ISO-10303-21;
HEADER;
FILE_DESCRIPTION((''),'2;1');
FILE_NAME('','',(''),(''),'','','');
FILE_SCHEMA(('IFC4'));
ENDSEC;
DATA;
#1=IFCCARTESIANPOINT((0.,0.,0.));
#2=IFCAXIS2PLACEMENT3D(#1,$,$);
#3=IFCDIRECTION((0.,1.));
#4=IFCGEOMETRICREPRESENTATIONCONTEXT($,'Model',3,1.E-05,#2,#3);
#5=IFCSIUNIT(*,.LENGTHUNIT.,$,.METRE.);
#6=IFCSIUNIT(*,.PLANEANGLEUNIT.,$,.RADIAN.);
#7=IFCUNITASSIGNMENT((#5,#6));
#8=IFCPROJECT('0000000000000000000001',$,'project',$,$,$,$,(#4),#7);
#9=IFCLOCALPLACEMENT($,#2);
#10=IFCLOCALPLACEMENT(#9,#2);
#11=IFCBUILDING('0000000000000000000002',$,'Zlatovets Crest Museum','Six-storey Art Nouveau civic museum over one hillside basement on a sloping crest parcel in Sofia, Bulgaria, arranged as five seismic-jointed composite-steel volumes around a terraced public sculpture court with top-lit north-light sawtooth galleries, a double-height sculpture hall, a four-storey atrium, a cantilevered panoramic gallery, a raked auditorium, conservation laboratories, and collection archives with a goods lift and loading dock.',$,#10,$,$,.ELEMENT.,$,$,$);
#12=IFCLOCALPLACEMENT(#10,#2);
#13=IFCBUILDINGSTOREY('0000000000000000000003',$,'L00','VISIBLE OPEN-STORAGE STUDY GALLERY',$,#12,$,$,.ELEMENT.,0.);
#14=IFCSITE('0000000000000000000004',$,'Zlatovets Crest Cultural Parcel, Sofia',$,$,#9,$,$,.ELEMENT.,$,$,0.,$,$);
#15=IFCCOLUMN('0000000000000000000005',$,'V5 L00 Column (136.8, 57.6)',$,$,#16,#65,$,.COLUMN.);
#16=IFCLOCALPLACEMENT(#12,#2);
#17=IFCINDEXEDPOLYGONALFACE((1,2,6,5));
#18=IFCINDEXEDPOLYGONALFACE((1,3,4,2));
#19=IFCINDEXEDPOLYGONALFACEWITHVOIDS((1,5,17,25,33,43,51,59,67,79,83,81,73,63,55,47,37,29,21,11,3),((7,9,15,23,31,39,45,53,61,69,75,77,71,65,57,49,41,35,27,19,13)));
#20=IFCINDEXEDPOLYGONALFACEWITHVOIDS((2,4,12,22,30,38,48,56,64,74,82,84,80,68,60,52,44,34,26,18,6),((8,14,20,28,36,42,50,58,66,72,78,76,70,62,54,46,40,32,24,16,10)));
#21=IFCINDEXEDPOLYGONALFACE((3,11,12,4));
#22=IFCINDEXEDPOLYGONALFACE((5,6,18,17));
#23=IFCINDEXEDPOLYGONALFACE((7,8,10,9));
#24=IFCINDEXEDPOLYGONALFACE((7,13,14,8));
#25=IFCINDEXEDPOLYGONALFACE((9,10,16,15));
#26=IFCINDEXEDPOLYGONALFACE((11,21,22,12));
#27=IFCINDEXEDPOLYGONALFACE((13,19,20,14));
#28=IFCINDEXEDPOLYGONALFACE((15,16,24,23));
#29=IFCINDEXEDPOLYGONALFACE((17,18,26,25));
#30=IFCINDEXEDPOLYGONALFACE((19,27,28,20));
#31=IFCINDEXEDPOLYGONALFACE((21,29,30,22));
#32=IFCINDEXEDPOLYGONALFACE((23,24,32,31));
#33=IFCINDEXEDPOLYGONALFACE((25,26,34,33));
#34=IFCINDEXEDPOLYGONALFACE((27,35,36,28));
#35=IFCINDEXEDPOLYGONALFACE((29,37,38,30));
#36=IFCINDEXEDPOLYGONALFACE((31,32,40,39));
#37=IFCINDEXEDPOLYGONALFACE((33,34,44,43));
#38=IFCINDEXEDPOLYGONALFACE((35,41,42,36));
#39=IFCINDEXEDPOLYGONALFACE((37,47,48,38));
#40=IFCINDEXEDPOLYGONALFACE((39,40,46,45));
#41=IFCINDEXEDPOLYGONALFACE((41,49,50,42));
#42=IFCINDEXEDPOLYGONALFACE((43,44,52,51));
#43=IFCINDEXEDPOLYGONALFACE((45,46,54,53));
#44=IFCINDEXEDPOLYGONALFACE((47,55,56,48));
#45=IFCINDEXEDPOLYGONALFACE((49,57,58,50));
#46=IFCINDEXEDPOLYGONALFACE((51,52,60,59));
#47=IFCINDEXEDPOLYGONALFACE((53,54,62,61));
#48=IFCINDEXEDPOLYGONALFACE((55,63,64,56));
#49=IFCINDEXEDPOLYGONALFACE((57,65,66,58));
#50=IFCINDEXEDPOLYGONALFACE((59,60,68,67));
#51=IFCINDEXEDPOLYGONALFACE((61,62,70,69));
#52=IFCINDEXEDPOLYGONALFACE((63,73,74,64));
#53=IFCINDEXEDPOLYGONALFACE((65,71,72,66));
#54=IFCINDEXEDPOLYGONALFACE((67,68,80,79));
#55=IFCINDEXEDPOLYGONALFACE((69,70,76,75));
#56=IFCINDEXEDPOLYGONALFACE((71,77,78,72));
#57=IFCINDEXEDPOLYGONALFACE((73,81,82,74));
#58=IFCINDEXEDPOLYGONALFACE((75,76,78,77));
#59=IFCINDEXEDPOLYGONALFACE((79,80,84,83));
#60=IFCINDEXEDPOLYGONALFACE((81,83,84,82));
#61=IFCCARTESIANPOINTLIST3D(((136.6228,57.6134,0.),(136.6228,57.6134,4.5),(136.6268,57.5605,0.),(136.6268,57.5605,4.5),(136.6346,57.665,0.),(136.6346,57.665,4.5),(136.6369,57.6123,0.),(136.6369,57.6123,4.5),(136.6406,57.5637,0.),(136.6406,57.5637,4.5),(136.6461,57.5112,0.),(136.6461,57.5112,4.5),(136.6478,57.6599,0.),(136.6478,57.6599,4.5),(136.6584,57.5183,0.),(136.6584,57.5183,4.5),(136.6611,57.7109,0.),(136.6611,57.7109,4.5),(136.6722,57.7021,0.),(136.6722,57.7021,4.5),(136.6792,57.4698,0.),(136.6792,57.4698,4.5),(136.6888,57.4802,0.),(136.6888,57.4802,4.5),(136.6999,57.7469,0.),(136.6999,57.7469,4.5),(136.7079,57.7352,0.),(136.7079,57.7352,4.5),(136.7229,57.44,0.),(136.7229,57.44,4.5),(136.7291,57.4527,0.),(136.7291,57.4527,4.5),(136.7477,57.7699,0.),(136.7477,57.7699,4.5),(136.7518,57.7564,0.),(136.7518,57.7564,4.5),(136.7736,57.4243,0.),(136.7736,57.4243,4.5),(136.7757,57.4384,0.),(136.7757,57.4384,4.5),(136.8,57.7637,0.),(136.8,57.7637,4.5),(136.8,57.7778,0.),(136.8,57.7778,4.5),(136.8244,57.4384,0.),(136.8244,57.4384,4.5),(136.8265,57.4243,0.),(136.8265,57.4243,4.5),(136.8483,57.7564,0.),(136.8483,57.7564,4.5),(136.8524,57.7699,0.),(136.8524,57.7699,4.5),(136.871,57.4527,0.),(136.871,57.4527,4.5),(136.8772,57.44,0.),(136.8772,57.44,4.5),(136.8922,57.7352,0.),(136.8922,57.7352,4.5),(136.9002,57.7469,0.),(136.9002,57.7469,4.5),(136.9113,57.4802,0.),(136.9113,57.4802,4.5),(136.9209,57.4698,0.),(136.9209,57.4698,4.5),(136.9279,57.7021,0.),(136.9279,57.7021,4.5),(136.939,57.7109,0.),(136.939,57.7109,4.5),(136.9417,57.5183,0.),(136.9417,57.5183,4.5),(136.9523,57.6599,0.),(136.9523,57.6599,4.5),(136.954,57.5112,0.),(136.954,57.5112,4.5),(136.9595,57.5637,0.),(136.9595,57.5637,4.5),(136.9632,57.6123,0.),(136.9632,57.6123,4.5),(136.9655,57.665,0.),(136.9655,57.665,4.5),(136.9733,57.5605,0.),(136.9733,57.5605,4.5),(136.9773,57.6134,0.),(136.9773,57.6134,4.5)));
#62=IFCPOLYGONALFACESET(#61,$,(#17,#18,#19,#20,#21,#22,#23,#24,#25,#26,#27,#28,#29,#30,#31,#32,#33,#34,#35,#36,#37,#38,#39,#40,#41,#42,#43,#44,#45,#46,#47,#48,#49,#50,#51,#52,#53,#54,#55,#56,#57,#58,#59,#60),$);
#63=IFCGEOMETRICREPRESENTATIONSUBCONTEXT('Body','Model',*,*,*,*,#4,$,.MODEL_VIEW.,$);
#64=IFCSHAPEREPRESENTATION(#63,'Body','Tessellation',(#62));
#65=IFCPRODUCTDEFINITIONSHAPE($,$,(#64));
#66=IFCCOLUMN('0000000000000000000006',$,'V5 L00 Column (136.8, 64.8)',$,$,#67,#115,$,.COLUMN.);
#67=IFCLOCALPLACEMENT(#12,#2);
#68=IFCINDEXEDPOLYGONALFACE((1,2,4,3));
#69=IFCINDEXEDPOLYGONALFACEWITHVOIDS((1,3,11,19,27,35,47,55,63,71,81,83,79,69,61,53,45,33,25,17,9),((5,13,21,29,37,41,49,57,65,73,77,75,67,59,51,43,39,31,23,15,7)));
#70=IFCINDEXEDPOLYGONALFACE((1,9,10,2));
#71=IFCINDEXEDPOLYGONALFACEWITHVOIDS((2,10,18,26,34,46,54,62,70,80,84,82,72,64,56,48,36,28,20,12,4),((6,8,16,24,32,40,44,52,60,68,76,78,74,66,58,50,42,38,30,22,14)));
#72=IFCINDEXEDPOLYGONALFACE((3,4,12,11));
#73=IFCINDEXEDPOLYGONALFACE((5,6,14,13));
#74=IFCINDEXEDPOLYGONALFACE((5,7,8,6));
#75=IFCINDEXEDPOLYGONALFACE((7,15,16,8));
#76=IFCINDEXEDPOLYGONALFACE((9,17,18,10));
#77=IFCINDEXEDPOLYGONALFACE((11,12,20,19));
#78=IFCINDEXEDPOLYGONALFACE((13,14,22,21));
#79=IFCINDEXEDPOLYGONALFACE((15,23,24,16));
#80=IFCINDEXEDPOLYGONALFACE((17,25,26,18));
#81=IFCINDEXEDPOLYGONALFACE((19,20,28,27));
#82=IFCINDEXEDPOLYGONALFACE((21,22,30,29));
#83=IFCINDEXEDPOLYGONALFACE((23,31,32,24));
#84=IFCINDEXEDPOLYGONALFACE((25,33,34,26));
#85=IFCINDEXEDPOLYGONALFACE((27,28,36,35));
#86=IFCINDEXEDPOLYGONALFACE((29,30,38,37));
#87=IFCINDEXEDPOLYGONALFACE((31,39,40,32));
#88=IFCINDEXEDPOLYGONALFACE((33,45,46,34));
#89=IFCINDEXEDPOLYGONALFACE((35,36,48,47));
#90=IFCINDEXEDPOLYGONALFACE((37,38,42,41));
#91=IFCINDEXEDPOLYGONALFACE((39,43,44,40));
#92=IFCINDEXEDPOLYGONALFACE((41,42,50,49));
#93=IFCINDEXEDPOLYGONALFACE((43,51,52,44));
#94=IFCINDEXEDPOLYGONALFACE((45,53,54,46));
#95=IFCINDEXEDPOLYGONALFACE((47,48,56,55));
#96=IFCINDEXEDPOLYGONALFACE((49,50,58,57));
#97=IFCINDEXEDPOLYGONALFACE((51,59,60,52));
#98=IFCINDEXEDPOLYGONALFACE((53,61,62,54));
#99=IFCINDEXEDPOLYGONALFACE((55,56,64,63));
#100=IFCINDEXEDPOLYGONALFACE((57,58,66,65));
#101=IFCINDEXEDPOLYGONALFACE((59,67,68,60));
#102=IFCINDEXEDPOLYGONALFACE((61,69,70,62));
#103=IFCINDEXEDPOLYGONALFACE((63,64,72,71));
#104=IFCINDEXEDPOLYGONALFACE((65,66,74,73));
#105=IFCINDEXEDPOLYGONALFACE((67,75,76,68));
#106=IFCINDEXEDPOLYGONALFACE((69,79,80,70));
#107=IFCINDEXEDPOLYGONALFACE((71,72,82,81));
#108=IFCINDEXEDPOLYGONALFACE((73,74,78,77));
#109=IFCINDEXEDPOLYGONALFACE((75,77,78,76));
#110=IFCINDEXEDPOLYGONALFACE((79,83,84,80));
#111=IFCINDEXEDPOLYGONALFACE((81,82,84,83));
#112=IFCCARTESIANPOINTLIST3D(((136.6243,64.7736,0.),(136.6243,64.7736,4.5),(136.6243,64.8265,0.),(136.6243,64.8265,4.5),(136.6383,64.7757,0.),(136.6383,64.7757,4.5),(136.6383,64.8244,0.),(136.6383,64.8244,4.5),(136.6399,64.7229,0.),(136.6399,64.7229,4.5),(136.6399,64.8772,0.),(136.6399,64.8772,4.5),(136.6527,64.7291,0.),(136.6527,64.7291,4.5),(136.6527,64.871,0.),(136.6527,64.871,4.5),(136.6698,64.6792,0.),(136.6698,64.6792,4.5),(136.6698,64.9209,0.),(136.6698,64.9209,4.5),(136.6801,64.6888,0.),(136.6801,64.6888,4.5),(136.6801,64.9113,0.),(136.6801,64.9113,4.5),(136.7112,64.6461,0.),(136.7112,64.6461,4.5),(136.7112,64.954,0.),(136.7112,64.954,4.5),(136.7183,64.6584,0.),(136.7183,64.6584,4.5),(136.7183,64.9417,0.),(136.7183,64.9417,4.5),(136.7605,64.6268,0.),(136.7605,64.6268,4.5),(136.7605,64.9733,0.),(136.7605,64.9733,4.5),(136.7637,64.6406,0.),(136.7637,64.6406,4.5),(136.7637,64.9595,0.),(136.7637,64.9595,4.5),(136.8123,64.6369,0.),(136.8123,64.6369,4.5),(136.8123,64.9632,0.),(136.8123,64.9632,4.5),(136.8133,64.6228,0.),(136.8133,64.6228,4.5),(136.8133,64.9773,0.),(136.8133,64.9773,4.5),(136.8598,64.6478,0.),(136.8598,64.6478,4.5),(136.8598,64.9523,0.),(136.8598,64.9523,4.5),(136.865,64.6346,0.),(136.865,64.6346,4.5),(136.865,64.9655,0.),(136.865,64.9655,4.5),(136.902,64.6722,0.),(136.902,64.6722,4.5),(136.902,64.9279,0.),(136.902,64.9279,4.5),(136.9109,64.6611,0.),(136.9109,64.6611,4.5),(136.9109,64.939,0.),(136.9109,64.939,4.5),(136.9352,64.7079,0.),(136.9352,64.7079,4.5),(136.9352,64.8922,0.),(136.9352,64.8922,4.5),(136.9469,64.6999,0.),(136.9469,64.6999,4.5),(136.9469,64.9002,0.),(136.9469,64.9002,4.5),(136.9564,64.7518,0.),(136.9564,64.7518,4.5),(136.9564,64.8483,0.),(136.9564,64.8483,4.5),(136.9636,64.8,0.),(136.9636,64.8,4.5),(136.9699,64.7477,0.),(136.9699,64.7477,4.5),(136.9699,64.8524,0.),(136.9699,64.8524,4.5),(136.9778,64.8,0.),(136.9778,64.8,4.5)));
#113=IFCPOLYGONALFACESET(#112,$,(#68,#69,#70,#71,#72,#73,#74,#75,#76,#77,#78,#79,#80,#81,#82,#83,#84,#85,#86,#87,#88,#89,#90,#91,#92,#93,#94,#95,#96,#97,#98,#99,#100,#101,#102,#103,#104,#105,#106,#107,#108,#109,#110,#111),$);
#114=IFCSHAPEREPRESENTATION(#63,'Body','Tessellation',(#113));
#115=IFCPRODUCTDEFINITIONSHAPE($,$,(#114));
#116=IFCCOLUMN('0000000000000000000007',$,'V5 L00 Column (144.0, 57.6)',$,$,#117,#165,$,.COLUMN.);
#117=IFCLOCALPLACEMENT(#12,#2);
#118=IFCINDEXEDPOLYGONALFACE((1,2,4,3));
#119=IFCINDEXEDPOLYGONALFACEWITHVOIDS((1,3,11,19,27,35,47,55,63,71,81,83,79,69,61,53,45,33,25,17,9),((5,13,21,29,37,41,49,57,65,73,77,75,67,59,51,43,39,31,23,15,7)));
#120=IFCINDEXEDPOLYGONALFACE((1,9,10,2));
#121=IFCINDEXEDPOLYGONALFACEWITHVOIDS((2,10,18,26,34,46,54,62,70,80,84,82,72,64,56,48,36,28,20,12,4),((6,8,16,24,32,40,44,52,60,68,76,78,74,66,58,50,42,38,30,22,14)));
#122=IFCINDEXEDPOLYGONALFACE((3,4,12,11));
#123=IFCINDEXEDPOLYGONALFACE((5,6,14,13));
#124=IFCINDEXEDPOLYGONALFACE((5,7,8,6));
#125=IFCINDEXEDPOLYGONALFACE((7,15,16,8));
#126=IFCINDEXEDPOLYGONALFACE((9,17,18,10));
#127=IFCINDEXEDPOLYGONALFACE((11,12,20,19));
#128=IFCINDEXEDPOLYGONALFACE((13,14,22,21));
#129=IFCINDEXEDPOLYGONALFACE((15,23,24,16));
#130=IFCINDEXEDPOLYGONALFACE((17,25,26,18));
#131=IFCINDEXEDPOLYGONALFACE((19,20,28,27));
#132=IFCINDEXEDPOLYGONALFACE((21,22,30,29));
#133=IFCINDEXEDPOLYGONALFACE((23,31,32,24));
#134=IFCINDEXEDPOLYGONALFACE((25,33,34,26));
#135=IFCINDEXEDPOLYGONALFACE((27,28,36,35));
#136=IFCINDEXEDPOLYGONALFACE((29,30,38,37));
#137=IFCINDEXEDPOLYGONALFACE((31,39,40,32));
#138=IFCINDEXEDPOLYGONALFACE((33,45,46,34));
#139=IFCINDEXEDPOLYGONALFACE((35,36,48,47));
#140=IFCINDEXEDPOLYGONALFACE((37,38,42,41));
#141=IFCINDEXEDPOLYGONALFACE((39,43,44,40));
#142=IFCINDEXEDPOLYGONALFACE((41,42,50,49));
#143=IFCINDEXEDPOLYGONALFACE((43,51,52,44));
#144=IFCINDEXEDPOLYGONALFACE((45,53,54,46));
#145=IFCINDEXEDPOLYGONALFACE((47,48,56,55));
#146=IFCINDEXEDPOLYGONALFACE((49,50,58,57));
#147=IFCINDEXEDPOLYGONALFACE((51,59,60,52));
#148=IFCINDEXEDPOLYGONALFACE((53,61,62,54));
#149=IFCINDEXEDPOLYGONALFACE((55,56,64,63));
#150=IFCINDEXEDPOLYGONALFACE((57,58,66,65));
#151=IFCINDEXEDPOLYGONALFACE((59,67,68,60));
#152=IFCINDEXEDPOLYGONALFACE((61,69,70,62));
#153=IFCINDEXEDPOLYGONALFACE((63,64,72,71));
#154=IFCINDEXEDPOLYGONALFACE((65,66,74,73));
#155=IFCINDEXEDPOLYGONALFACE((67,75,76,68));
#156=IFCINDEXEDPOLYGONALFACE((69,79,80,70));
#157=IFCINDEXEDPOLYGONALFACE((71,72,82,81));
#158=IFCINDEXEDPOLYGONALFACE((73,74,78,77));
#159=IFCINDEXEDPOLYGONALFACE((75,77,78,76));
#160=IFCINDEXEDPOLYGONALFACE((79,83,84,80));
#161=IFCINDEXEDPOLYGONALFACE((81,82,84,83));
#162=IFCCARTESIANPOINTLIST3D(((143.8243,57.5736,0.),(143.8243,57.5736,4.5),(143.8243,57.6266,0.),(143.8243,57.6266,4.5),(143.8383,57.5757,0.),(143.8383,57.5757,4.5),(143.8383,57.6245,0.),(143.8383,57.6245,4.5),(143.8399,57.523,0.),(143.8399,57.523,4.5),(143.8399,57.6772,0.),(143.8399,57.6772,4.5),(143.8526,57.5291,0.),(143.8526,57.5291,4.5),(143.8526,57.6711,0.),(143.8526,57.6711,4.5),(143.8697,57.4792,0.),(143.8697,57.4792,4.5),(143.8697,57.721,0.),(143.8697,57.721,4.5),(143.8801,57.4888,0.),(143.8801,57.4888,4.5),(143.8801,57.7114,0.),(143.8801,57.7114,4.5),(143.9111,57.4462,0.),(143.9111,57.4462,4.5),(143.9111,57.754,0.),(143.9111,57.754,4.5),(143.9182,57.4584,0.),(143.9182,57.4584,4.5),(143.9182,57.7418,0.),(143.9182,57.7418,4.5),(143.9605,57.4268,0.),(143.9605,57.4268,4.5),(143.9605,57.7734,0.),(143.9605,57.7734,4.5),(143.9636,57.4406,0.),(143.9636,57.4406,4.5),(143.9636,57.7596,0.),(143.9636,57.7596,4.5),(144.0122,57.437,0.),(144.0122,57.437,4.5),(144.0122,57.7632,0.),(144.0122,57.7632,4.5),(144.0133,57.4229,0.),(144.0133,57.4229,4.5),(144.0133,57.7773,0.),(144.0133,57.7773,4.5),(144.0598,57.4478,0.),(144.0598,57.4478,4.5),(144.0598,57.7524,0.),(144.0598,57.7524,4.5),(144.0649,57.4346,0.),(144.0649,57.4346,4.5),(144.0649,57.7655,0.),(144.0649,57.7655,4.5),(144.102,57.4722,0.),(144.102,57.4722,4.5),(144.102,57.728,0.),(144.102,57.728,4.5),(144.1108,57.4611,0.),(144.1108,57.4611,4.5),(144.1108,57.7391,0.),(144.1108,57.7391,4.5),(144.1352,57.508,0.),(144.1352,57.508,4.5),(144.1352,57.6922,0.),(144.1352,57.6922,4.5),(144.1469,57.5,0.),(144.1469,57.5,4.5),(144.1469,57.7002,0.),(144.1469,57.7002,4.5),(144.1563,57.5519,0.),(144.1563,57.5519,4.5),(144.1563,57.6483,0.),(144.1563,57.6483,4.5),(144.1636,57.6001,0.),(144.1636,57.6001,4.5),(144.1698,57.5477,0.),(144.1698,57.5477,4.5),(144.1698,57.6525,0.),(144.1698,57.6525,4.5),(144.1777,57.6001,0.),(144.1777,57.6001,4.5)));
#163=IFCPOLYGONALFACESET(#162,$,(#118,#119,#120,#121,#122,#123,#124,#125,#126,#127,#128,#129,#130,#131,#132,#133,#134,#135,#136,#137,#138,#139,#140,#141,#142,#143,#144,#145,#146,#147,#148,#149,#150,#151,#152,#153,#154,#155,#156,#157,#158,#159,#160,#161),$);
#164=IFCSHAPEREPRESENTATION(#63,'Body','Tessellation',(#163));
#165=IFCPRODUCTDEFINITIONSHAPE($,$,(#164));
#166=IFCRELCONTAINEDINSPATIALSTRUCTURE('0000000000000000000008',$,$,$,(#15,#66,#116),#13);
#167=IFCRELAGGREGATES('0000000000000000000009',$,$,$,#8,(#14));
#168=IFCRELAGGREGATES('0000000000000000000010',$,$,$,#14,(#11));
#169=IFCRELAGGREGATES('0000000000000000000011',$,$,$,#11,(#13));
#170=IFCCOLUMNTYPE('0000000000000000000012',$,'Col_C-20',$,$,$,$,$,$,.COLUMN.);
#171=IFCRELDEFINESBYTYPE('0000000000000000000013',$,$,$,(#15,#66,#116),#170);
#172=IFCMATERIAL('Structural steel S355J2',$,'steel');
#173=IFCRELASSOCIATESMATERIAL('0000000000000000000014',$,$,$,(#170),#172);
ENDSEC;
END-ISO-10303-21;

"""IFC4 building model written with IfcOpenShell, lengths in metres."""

from ifc_helpers import new_model, si_unit, direction, frame, origin, origin_2d, place, context, subcontext, project, spatial, hollow_circle, extrude, material, material_profile, profile_set, type_object, element, save


model = new_model("IFC4")

# Units and contexts
model_context = context("Model", 3, precision=1e-05, world=origin(), true_north=direction((0.0, 1.0)))
body_context = subcontext(model_context, "Body", "Model", "MODEL_VIEW")
ifc_project = project(units=[si_unit("LENGTHUNIT", "METRE"), si_unit("PLANEANGLEUNIT", "RADIAN")], contexts=[model_context])

# Site, building, storey
site_placement = place(None, origin())
site = spatial("IfcSite", under=ifc_project, at=site_placement, Name="Zlatovets Crest Cultural Parcel, Sofia", CompositionType="ELEMENT", RefElevation=0.0)
building_placement = place(site_placement, origin())
building = spatial("IfcBuilding", under=site, at=building_placement, Name="Zlatovets Crest Museum", Description="Six-storey Art Nouveau civic museum over one hillside basement on a sloping crest parcel in Sofia, Bulgaria, arranged as five seismic-jointed composite-steel volumes around a terraced public sculpture court with top-lit north-light sawtooth galleries, a double-height sculpture hall, a four-storey atrium, a cantilevered panoramic gallery, a raked auditorium, conservation laboratories, and collection archives with a goods lift and loading dock.", CompositionType="ELEMENT")
storey_placement = place(building_placement, origin())
storey = spatial("IfcBuildingStorey", under=building, at=storey_placement, Name="L00", Description="VISIBLE OPEN-STORAGE STUDY GALLERY", CompositionType="ELEMENT", Elevation=0.0)

# Columns
ifc_material_1 = material(Name="Structural steel S355J2", Category="steel")
ifc_material_profile_1 = material_profile(ifc_material_1, hollow_circle(Radius=0.1777, WallThickness=0.0142, at=origin_2d()), Name="CHS 355.6x14.2")
ifc_profile_set_1 = profile_set([ifc_material_profile_1], Name="Structural steel S355J2")
column_type = type_object("IfcColumnType", Name="Col_C-20", PredefinedType="COLUMN", material=ifc_profile_set_1)
for number, where, z_axis, x_axis, name in (
    (1, (136.8, 57.6001, 0.0), (0.0, 0.0, 1.0), (0.0, 1.0, 0.0), "V5 L00 Column (136.8, 57.6)"),
    (2, (136.8, 64.8, 0.0), (0.0, 0.0, 1.0), (1.0, 0.0, 0.0), "V5 L00 Column (136.8, 64.8)"),
    (3, (144.0, 57.6001, 0.0), (0.0, 0.0, 1.0), (1.0, 0.0, 0.0), "V5 L00 Column (144.0, 57.6)"),
):
    element("IfcColumn", number, at=place(storey_placement, frame(where, z_axis=z_axis, x_axis=x_axis)), inside=storey, type_object=column_type, Name=name, PredefinedType="COLUMN", context=body_context, shape_type="SweptSolid", body=[
        extrude(hollow_circle(Radius=0.1777, WallThickness=0.0142, at=origin_2d()), origin(), (0.0, 0.0, 1.0), 4.5),
    ])

save(model, "model.ifc")
